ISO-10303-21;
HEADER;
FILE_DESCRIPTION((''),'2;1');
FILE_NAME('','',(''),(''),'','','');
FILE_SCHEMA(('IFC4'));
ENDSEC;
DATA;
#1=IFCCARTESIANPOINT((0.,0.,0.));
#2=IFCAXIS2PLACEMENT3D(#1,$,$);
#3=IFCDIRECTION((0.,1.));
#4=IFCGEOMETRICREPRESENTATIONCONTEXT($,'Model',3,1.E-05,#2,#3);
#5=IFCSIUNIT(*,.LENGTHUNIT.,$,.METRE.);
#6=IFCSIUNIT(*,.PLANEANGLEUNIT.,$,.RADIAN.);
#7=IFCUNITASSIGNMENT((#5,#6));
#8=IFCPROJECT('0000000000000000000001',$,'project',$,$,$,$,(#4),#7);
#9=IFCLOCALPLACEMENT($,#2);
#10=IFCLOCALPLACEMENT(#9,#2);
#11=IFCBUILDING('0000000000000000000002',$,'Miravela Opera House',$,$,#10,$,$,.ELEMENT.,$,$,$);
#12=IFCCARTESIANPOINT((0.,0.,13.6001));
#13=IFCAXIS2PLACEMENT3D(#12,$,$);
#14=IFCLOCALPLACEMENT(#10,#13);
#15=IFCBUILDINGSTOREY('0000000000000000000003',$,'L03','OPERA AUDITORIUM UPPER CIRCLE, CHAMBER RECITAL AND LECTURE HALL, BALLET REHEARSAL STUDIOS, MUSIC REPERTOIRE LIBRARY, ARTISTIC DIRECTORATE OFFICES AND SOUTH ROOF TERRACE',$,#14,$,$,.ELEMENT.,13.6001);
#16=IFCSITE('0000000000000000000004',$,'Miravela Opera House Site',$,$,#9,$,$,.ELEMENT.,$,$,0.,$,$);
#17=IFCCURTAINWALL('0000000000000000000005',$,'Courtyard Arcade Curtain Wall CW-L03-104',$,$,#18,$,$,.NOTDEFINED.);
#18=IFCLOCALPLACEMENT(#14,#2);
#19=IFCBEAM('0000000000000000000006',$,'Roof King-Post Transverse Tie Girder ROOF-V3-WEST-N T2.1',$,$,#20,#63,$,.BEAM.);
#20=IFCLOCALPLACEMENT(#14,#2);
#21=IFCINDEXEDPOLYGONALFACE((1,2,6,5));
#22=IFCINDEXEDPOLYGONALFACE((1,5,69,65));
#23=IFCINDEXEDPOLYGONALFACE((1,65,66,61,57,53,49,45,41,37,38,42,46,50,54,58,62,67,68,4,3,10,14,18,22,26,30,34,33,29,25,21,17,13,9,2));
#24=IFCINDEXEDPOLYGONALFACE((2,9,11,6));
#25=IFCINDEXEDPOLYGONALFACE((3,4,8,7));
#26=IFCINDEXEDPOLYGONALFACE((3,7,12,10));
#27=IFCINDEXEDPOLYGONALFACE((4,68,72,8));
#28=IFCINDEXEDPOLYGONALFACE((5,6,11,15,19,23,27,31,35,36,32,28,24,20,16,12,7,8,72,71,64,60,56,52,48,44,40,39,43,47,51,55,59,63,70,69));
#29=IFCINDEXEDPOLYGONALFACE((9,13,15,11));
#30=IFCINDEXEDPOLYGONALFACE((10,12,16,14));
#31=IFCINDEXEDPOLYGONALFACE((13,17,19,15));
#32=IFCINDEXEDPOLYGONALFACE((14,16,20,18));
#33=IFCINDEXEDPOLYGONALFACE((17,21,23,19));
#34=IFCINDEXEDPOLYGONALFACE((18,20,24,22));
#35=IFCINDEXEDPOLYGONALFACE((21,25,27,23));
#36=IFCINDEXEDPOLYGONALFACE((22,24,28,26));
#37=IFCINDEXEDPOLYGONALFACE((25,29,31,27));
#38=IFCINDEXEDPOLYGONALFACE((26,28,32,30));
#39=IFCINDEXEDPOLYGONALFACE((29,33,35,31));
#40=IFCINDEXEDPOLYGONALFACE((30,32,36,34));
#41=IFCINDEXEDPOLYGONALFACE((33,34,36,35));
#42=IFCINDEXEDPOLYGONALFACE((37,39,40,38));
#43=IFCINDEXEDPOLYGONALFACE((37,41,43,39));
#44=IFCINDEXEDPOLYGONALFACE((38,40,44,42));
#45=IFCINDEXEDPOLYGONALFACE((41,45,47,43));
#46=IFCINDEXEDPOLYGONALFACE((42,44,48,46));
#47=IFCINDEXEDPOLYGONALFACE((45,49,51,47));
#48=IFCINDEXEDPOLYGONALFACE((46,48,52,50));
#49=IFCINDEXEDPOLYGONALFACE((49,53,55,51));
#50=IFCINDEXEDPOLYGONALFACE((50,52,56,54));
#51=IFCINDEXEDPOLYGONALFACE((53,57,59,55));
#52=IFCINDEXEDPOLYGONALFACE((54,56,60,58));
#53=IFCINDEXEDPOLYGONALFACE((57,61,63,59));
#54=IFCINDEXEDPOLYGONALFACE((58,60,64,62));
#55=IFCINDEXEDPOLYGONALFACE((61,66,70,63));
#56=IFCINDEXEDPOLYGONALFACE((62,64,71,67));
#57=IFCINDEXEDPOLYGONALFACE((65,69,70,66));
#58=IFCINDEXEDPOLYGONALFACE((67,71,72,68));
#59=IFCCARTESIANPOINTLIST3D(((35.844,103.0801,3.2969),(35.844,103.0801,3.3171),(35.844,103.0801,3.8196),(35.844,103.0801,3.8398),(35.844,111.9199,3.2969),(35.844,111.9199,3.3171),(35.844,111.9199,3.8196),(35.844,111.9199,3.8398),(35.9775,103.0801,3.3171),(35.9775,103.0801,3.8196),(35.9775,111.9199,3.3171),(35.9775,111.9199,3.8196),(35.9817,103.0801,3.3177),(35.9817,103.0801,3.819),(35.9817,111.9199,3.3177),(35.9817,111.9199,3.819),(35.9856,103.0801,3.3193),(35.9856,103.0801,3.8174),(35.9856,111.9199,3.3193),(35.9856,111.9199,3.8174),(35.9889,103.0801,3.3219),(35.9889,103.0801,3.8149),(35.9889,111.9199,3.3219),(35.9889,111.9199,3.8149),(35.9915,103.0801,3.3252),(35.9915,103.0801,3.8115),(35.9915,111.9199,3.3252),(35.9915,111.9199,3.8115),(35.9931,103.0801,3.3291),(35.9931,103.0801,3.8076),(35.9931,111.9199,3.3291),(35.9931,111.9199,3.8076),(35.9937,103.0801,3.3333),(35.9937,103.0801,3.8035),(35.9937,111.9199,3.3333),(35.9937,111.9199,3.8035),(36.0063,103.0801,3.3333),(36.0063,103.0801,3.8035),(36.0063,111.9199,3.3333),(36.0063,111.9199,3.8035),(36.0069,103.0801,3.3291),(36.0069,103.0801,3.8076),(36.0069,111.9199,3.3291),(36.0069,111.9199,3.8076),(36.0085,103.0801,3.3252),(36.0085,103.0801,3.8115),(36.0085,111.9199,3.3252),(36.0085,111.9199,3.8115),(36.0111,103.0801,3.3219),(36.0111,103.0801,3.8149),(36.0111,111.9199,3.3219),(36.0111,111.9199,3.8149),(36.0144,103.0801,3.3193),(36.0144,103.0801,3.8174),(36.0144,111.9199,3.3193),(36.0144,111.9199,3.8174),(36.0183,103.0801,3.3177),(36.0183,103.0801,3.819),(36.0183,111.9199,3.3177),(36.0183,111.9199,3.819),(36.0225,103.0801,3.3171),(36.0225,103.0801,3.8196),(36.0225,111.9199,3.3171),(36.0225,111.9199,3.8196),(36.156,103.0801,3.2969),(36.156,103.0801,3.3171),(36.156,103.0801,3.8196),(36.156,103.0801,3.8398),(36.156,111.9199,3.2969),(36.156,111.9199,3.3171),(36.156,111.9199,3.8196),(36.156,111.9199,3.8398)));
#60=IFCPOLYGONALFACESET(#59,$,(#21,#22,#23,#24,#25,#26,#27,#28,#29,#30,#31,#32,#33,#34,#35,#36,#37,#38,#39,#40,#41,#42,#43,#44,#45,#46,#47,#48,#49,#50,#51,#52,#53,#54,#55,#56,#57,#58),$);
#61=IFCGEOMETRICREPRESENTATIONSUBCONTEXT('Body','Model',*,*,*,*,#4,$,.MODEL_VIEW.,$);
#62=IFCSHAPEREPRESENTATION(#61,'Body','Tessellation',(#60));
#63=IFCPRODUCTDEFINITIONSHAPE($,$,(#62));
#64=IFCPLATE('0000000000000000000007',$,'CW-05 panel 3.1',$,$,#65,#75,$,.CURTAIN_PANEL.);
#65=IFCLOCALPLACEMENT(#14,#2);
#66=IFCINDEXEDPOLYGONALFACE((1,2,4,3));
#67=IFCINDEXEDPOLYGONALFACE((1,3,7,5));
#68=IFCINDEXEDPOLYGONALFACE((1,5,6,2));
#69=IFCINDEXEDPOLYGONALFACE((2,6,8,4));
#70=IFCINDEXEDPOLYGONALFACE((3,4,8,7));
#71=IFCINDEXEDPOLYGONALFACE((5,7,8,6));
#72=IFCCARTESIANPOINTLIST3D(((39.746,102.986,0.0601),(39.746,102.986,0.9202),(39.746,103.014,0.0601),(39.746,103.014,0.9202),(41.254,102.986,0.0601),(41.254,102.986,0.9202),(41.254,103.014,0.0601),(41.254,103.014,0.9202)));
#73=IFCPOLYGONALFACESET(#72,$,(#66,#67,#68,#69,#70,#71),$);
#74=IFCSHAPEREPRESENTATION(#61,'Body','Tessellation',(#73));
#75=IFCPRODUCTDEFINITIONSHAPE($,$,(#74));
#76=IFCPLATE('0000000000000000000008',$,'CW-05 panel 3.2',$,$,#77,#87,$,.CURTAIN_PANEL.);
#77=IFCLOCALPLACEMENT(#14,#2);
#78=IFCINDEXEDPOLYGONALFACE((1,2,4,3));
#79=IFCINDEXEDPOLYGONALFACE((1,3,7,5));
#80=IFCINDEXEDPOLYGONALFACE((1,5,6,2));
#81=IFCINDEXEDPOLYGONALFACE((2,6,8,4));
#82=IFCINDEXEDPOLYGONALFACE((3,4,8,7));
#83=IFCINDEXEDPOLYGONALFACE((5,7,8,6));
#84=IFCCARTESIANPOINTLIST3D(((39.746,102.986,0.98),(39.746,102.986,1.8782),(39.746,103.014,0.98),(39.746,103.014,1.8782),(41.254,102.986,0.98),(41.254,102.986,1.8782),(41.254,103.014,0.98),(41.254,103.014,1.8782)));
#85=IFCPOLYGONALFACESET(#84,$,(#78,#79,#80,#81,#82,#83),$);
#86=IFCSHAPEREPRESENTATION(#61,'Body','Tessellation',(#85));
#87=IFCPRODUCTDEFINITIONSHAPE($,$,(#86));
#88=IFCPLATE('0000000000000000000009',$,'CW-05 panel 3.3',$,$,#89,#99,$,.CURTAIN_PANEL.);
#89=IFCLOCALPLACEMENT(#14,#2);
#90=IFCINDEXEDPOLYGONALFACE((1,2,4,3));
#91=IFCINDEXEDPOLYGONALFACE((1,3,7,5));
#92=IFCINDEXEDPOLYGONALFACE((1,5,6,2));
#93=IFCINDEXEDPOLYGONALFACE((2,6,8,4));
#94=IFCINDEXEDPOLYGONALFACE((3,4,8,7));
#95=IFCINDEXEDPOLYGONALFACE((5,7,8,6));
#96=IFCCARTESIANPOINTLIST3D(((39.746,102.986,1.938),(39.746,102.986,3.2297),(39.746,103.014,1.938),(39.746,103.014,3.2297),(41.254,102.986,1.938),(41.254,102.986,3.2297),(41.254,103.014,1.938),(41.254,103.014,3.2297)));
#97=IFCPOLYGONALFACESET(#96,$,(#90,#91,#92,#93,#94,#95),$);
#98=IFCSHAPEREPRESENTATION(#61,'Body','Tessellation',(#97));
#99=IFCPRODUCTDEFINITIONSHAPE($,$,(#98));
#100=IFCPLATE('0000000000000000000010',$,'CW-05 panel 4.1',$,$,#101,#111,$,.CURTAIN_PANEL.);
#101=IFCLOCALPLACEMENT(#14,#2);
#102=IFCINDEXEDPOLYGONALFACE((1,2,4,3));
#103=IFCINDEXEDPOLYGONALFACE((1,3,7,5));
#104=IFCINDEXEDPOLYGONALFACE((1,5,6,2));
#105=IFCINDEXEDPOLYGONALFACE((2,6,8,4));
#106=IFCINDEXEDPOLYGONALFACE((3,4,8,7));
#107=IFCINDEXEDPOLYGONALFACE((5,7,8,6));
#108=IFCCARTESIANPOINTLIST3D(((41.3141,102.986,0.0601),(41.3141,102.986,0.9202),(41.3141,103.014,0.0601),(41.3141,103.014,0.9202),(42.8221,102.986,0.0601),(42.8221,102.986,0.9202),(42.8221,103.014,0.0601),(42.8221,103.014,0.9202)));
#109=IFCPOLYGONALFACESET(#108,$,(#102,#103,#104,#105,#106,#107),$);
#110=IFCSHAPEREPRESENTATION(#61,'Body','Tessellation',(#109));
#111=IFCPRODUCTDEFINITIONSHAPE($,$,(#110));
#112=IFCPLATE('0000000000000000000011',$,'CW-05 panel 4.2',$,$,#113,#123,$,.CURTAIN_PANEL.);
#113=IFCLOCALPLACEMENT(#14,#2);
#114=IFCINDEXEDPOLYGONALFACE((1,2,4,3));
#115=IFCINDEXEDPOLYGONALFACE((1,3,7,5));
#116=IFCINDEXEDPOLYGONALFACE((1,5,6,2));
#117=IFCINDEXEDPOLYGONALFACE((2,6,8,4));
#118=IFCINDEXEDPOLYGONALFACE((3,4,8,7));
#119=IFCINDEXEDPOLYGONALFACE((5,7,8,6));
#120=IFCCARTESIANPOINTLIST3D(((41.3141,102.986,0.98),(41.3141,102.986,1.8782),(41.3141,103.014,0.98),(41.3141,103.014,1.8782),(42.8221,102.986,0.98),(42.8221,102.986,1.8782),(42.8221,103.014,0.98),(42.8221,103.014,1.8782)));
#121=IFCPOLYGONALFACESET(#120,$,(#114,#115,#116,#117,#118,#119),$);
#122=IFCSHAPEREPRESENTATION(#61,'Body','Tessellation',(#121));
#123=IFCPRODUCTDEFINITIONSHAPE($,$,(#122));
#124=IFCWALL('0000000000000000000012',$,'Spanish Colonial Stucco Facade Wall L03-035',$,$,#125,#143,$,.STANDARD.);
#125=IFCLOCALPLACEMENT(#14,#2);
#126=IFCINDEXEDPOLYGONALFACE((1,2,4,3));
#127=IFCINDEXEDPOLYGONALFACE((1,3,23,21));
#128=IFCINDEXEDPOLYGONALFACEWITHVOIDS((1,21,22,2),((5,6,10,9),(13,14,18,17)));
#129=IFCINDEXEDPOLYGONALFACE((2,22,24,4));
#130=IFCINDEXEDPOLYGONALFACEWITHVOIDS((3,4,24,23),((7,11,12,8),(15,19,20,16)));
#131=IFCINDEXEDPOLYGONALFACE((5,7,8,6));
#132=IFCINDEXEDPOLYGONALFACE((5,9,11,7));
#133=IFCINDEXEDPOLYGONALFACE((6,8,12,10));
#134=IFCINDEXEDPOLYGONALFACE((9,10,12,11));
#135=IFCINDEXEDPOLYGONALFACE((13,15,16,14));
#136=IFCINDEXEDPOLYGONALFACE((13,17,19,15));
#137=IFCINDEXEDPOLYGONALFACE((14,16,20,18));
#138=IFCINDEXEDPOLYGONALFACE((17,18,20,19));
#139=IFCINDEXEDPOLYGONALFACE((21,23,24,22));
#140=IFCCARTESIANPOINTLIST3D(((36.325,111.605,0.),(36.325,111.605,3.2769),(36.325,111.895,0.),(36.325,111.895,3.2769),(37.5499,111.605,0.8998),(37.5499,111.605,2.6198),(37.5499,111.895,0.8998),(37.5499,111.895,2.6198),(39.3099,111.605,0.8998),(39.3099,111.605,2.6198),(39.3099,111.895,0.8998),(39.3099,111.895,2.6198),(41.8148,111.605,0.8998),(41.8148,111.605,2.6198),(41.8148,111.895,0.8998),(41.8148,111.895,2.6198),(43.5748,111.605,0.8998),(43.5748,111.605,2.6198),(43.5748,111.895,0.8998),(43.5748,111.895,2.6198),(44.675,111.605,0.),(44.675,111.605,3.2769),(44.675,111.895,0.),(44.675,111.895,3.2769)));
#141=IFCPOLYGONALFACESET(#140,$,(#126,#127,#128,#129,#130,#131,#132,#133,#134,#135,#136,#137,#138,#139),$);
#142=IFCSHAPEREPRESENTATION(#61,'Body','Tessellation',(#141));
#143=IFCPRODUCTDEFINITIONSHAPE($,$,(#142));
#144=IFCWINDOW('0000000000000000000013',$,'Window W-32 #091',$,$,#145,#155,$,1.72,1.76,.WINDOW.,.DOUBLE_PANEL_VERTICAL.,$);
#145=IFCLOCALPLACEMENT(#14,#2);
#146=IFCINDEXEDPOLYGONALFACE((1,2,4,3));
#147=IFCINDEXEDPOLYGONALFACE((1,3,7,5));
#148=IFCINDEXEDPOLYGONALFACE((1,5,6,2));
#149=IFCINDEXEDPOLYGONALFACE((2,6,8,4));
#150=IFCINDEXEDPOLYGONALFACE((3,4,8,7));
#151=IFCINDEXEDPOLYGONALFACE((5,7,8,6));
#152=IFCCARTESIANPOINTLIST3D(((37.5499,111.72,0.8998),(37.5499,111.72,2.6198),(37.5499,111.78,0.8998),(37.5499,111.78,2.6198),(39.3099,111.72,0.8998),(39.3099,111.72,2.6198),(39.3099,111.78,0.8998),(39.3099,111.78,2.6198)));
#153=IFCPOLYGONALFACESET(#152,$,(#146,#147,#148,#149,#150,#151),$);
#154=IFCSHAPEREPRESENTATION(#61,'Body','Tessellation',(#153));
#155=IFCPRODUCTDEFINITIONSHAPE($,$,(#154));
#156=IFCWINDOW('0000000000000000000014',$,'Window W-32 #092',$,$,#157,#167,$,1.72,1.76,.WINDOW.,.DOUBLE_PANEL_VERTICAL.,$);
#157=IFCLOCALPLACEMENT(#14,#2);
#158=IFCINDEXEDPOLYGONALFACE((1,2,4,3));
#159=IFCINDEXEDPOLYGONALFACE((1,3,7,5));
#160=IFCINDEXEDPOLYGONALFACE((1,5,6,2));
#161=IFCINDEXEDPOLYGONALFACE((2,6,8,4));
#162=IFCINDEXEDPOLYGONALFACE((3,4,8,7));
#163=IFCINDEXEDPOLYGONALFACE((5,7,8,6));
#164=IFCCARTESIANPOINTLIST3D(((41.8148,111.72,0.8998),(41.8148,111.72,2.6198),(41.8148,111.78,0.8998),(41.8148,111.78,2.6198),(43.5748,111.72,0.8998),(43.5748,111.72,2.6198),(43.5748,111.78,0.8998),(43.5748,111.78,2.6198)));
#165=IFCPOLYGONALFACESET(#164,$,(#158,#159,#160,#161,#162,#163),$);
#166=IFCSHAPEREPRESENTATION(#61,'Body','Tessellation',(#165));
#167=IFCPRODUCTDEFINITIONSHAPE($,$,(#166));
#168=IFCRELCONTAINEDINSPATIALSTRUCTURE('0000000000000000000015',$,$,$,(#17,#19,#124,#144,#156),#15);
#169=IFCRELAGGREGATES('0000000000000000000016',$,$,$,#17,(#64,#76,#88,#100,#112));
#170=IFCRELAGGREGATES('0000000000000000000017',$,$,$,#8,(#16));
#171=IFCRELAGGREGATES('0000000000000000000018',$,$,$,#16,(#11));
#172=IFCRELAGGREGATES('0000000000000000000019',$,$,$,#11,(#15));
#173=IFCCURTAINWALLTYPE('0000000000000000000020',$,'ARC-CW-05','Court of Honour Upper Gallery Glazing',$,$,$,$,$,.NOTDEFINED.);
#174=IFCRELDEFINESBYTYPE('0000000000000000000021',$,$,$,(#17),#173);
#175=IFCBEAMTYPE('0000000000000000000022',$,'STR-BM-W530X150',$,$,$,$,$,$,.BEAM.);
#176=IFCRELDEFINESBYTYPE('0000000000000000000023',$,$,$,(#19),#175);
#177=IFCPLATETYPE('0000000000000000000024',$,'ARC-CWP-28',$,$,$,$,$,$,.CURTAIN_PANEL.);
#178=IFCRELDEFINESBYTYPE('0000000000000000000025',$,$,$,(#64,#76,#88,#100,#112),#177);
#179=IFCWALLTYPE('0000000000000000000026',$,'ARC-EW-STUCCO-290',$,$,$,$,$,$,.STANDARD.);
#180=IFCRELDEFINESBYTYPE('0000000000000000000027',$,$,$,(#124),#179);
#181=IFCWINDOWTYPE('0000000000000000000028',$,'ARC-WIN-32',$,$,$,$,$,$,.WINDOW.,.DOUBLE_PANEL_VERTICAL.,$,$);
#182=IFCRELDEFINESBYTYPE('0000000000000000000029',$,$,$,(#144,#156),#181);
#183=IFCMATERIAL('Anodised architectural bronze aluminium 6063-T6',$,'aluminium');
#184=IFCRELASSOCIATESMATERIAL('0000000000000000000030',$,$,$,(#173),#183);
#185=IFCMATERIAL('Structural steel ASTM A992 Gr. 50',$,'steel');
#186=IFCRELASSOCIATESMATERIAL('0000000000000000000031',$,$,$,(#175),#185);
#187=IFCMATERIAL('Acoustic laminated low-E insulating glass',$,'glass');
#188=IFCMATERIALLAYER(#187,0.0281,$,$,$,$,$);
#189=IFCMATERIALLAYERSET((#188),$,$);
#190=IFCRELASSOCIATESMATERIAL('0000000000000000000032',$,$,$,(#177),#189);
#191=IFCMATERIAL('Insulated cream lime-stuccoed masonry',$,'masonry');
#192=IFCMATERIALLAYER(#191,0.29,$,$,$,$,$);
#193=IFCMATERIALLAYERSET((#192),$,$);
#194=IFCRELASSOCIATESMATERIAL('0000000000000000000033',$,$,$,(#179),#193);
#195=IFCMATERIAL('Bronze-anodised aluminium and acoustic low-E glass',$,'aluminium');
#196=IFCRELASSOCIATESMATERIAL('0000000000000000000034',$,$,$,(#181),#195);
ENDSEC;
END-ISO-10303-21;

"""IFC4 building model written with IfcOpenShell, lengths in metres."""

from ifc_helpers import new_model, si_unit, direction, frame, frame_2d, origin, origin_2d, place, context, subcontext, project, spatial, rectangle, i_section, extrude, material, layer, layer_set, material_profile, profile_set, type_object, element, fill, aggregate, save


model = new_model("IFC4")

# Units and contexts
model_context = context("Model", 3, precision=1e-05, world=origin(), true_north=direction((0.0, 1.0)))
body_context = subcontext(model_context, "Body", "Model", "MODEL_VIEW")
ifc_project = project(units=[si_unit("LENGTHUNIT", "METRE"), si_unit("PLANEANGLEUNIT", "RADIAN")], contexts=[model_context])

# Site, building, storey
site_placement = place(None, origin())
site = spatial("IfcSite", under=ifc_project, at=site_placement, Name="Miravela Opera House Site", CompositionType="ELEMENT", RefElevation=0.0)
building_placement = place(site_placement, origin())
building = spatial("IfcBuilding", under=site, at=building_placement, Name="Miravela Opera House", CompositionType="ELEMENT")
storey_placement = place(building_placement, frame((0.0, 0.0, 13.6001)))
storey = spatial("IfcBuildingStorey", under=building, at=storey_placement, Name="L03", Description="OPERA AUDITORIUM UPPER CIRCLE, CHAMBER RECITAL AND LECTURE HALL, BALLET REHEARSAL STUDIOS, MUSIC REPERTOIRE LIBRARY, ARTISTIC DIRECTORATE OFFICES AND SOUTH ROOF TERRACE", CompositionType="ELEMENT", Elevation=13.6001)

# Curtain wall
ifc_material_1 = material(Name="Anodised architectural bronze aluminium 6063-T6", Category="aluminium")
curtain_wall_type = type_object("IfcCurtainWallType", Name="ARC-CW-05", Description="Court of Honour Upper Gallery Glazing", PredefinedType="NOTDEFINED", material=ifc_material_1)
curtain_wall_placement = place(storey_placement, origin())
curtain_wall = element("IfcCurtainWall", 1, at=curtain_wall_placement, inside=storey, type_object=curtain_wall_type, Name="Courtyard Arcade Curtain Wall CW-L03-104", PredefinedType="NOTDEFINED")

# Beam
ifc_material_2 = material(Name="Structural steel ASTM A992 Gr. 50", Category="steel")
ifc_material_profile_1 = material_profile(ifc_material_2, i_section(OverallWidth=0.312, OverallDepth=0.543, WebThickness=0.0127, FlangeThickness=0.0203, FilletRadius=0.0161, at=origin_2d()), Name="W530X150")
ifc_profile_set_1 = profile_set([ifc_material_profile_1])
beam_type = type_object("IfcBeamType", Name="STR-BM-W530X150", PredefinedType="BEAM", material=ifc_profile_set_1)
for number, where, z_axis, x_axis, name in (
    (2, (36.0, 103.0801, 3.5684), (0.0, 1.0, 0.0), (-1.0, 0.0, 0.0), "Roof King-Post Transverse Tie Girder ROOF-V3-WEST-N T2.1"),
):
    element("IfcBeam", number, at=place(storey_placement, frame(where, z_axis=z_axis, x_axis=x_axis)), inside=storey, type_object=beam_type, Name=name, PredefinedType="BEAM", context=body_context, shape_type="SweptSolid", body=[
        extrude(i_section(OverallWidth=0.312, OverallDepth=0.543, WebThickness=0.0127, FlangeThickness=0.0203, FilletRadius=0.0161, at=origin_2d()), origin(), (0.0, 0.0, 1.0), 8.8398),
    ])

# Plates
ifc_material_3 = material(Name="Acoustic laminated low-E insulating glass", Category="glass")
ifc_layer_1 = layer(ifc_material_3, 0.0281)
ifc_layer_set_1 = layer_set([ifc_layer_1])
plate_type = type_object("IfcPlateType", Name="ARC-CWP-28", PredefinedType="CURTAIN_PANEL", material=ifc_layer_set_1)
plate_1_placement = place(storey_placement, frame((40.5, 103.0, 0.0601), z_axis=(0.0, 0.0, 1.0), x_axis=(1.0, 0.0, 0.0)))
plate_1 = element("IfcPlate", 3, at=plate_1_placement, type_object=plate_type, Name="CW-05 panel 3.1", PredefinedType="CURTAIN_PANEL", context=body_context, shape_type="SweptSolid", body=[
    extrude(rectangle(XDim=1.5081, YDim=0.0281, at=origin_2d()), origin(), (0.0, 0.0, 1.0), 0.8601),
])
plate_2_placement = place(storey_placement, frame((40.5, 103.0, 0.98), z_axis=(0.0, 0.0, 1.0), x_axis=(1.0, 0.0, 0.0)))
plate_2 = element("IfcPlate", 4, at=plate_2_placement, type_object=plate_type, Name="CW-05 panel 3.2", PredefinedType="CURTAIN_PANEL", context=body_context, shape_type="SweptSolid", body=[
    extrude(rectangle(XDim=1.5081, YDim=0.0281, at=origin_2d()), origin(), (0.0, 0.0, 1.0), 0.8982),
])
plate_3_placement = place(storey_placement, frame((40.5, 103.0, 1.938), z_axis=(0.0, 0.0, 1.0), x_axis=(1.0, 0.0, 0.0)))
plate_3 = element("IfcPlate", 5, at=plate_3_placement, type_object=plate_type, Name="CW-05 panel 3.3", PredefinedType="CURTAIN_PANEL", context=body_context, shape_type="SweptSolid", body=[
    extrude(rectangle(XDim=1.5081, YDim=0.0281, at=origin_2d()), origin(), (0.0, 0.0, 1.0), 1.2917),
])
plate_4_placement = place(storey_placement, frame((42.0681, 103.0, 0.0601), z_axis=(0.0, 0.0, 1.0), x_axis=(1.0, 0.0, 0.0)))
plate_4 = element("IfcPlate", 6, at=plate_4_placement, type_object=plate_type, Name="CW-05 panel 4.1", PredefinedType="CURTAIN_PANEL", context=body_context, shape_type="SweptSolid", body=[
    extrude(rectangle(XDim=1.5081, YDim=0.0281, at=origin_2d()), origin(), (0.0, 0.0, 1.0), 0.8601),
])
plate_5_placement = place(storey_placement, frame((42.0681, 103.0, 0.98), z_axis=(0.0, 0.0, 1.0), x_axis=(1.0, 0.0, 0.0)))
plate_5 = element("IfcPlate", 7, at=plate_5_placement, type_object=plate_type, Name="CW-05 panel 4.2", PredefinedType="CURTAIN_PANEL", context=body_context, shape_type="SweptSolid", body=[
    extrude(rectangle(XDim=1.5081, YDim=0.0281, at=origin_2d()), origin(), (0.0, 0.0, 1.0), 0.8982),
])
aggregate(curtain_wall, [plate_1, plate_2, plate_3, plate_4, plate_5])

# Wall, openings, windows
ifc_material_4 = material(Name="Insulated cream lime-stuccoed masonry", Category="masonry")
ifc_layer_2 = layer(ifc_material_4, 0.29)
ifc_layer_set_2 = layer_set([ifc_layer_2])
wall_type_1 = type_object("IfcWallType", Name="ARC-EW-STUCCO-290", PredefinedType="STANDARD", material=ifc_layer_set_2)
wall_1_placement = place(storey_placement, frame((36.325, 111.75, 0.0), z_axis=(0.0, 0.0, 1.0), x_axis=(1.0, 0.0, 0.0)))
wall_1 = element("IfcWall", 8, at=wall_1_placement, inside=storey, type_object=wall_type_1, Name="Spanish Colonial Stucco Facade Wall L03-035", PredefinedType="STANDARD", context=body_context, shape_type="SweptSolid", body=[
    extrude(rectangle(XDim=8.3501, YDim=0.29, at=frame_2d((4.175, 0.0))), origin(), (0.0, 0.0, 1.0), 3.2769),
])
opening_1_placement = place(wall_1_placement, frame((1.2251, 0.0, 0.8999)))
opening_1 = element("IfcOpeningElement", 9, at=opening_1_placement, cuts=wall_1, PredefinedType="OPENING", context=body_context, shape_type="SweptSolid", body=[
    extrude(rectangle(XDim=1.76, YDim=1.72, at=frame_2d((0.8799, 0.8599))), frame((0.0, 0.155, 0.0), z_axis=(0.0, -1.0, 0.0), x_axis=(1.0, 0.0, 0.0)), (0.0, 0.0, 1.0), 0.3101),
])
opening_2_placement = place(wall_1_placement, frame((5.49, 0.0, 0.8999)))
opening_2 = element("IfcOpeningElement", 10, at=opening_2_placement, cuts=wall_1, PredefinedType="OPENING", context=body_context, shape_type="SweptSolid", body=[
    extrude(rectangle(XDim=1.76, YDim=1.72, at=frame_2d((0.8799, 0.8599))), frame((0.0, 0.155, 0.0), z_axis=(0.0, -1.0, 0.0), x_axis=(1.0, 0.0, 0.0)), (0.0, 0.0, 1.0), 0.3101),
])
ifc_material_5 = material(Name="Bronze-anodised aluminium and acoustic low-E glass", Category="aluminium")
window_type = type_object("IfcWindowType", Name="ARC-WIN-32", PartitioningType="DOUBLE_PANEL_VERTICAL", PredefinedType="WINDOW", material=ifc_material_5)
window_1_placement = place(opening_1_placement, origin())
window_1 = element("IfcWindow", 11, at=window_1_placement, inside=storey, type_object=window_type, Name="Window W-32 #091", OverallHeight=1.72, OverallWidth=1.76, PartitioningType="DOUBLE_PANEL_VERTICAL", PredefinedType="WINDOW", context=body_context, shape_type="SweptSolid", body=[
    extrude(rectangle(XDim=1.76, YDim=1.72, at=frame_2d((0.8799, 0.8599))), frame((0.0, 0.03, 0.0), z_axis=(0.0, -1.0, 0.0), x_axis=(1.0, 0.0, 0.0)), (0.0, 0.0, 1.0), 0.0601),
])
fill(opening_1, window_1)
window_2_placement = place(opening_2_placement, origin())
window_2 = element("IfcWindow", 12, at=window_2_placement, inside=storey, type_object=window_type, Name="Window W-32 #092", OverallHeight=1.72, OverallWidth=1.76, PartitioningType="DOUBLE_PANEL_VERTICAL", PredefinedType="WINDOW", context=body_context, shape_type="SweptSolid", body=[
    extrude(rectangle(XDim=1.76, YDim=1.72, at=frame_2d((0.8799, 0.8599))), frame((0.0, 0.03, 0.0), z_axis=(0.0, -1.0, 0.0), x_axis=(1.0, 0.0, 0.0)), (0.0, 0.0, 1.0), 0.0601),
])
fill(opening_2, window_2)

save(model, "model.ifc")
